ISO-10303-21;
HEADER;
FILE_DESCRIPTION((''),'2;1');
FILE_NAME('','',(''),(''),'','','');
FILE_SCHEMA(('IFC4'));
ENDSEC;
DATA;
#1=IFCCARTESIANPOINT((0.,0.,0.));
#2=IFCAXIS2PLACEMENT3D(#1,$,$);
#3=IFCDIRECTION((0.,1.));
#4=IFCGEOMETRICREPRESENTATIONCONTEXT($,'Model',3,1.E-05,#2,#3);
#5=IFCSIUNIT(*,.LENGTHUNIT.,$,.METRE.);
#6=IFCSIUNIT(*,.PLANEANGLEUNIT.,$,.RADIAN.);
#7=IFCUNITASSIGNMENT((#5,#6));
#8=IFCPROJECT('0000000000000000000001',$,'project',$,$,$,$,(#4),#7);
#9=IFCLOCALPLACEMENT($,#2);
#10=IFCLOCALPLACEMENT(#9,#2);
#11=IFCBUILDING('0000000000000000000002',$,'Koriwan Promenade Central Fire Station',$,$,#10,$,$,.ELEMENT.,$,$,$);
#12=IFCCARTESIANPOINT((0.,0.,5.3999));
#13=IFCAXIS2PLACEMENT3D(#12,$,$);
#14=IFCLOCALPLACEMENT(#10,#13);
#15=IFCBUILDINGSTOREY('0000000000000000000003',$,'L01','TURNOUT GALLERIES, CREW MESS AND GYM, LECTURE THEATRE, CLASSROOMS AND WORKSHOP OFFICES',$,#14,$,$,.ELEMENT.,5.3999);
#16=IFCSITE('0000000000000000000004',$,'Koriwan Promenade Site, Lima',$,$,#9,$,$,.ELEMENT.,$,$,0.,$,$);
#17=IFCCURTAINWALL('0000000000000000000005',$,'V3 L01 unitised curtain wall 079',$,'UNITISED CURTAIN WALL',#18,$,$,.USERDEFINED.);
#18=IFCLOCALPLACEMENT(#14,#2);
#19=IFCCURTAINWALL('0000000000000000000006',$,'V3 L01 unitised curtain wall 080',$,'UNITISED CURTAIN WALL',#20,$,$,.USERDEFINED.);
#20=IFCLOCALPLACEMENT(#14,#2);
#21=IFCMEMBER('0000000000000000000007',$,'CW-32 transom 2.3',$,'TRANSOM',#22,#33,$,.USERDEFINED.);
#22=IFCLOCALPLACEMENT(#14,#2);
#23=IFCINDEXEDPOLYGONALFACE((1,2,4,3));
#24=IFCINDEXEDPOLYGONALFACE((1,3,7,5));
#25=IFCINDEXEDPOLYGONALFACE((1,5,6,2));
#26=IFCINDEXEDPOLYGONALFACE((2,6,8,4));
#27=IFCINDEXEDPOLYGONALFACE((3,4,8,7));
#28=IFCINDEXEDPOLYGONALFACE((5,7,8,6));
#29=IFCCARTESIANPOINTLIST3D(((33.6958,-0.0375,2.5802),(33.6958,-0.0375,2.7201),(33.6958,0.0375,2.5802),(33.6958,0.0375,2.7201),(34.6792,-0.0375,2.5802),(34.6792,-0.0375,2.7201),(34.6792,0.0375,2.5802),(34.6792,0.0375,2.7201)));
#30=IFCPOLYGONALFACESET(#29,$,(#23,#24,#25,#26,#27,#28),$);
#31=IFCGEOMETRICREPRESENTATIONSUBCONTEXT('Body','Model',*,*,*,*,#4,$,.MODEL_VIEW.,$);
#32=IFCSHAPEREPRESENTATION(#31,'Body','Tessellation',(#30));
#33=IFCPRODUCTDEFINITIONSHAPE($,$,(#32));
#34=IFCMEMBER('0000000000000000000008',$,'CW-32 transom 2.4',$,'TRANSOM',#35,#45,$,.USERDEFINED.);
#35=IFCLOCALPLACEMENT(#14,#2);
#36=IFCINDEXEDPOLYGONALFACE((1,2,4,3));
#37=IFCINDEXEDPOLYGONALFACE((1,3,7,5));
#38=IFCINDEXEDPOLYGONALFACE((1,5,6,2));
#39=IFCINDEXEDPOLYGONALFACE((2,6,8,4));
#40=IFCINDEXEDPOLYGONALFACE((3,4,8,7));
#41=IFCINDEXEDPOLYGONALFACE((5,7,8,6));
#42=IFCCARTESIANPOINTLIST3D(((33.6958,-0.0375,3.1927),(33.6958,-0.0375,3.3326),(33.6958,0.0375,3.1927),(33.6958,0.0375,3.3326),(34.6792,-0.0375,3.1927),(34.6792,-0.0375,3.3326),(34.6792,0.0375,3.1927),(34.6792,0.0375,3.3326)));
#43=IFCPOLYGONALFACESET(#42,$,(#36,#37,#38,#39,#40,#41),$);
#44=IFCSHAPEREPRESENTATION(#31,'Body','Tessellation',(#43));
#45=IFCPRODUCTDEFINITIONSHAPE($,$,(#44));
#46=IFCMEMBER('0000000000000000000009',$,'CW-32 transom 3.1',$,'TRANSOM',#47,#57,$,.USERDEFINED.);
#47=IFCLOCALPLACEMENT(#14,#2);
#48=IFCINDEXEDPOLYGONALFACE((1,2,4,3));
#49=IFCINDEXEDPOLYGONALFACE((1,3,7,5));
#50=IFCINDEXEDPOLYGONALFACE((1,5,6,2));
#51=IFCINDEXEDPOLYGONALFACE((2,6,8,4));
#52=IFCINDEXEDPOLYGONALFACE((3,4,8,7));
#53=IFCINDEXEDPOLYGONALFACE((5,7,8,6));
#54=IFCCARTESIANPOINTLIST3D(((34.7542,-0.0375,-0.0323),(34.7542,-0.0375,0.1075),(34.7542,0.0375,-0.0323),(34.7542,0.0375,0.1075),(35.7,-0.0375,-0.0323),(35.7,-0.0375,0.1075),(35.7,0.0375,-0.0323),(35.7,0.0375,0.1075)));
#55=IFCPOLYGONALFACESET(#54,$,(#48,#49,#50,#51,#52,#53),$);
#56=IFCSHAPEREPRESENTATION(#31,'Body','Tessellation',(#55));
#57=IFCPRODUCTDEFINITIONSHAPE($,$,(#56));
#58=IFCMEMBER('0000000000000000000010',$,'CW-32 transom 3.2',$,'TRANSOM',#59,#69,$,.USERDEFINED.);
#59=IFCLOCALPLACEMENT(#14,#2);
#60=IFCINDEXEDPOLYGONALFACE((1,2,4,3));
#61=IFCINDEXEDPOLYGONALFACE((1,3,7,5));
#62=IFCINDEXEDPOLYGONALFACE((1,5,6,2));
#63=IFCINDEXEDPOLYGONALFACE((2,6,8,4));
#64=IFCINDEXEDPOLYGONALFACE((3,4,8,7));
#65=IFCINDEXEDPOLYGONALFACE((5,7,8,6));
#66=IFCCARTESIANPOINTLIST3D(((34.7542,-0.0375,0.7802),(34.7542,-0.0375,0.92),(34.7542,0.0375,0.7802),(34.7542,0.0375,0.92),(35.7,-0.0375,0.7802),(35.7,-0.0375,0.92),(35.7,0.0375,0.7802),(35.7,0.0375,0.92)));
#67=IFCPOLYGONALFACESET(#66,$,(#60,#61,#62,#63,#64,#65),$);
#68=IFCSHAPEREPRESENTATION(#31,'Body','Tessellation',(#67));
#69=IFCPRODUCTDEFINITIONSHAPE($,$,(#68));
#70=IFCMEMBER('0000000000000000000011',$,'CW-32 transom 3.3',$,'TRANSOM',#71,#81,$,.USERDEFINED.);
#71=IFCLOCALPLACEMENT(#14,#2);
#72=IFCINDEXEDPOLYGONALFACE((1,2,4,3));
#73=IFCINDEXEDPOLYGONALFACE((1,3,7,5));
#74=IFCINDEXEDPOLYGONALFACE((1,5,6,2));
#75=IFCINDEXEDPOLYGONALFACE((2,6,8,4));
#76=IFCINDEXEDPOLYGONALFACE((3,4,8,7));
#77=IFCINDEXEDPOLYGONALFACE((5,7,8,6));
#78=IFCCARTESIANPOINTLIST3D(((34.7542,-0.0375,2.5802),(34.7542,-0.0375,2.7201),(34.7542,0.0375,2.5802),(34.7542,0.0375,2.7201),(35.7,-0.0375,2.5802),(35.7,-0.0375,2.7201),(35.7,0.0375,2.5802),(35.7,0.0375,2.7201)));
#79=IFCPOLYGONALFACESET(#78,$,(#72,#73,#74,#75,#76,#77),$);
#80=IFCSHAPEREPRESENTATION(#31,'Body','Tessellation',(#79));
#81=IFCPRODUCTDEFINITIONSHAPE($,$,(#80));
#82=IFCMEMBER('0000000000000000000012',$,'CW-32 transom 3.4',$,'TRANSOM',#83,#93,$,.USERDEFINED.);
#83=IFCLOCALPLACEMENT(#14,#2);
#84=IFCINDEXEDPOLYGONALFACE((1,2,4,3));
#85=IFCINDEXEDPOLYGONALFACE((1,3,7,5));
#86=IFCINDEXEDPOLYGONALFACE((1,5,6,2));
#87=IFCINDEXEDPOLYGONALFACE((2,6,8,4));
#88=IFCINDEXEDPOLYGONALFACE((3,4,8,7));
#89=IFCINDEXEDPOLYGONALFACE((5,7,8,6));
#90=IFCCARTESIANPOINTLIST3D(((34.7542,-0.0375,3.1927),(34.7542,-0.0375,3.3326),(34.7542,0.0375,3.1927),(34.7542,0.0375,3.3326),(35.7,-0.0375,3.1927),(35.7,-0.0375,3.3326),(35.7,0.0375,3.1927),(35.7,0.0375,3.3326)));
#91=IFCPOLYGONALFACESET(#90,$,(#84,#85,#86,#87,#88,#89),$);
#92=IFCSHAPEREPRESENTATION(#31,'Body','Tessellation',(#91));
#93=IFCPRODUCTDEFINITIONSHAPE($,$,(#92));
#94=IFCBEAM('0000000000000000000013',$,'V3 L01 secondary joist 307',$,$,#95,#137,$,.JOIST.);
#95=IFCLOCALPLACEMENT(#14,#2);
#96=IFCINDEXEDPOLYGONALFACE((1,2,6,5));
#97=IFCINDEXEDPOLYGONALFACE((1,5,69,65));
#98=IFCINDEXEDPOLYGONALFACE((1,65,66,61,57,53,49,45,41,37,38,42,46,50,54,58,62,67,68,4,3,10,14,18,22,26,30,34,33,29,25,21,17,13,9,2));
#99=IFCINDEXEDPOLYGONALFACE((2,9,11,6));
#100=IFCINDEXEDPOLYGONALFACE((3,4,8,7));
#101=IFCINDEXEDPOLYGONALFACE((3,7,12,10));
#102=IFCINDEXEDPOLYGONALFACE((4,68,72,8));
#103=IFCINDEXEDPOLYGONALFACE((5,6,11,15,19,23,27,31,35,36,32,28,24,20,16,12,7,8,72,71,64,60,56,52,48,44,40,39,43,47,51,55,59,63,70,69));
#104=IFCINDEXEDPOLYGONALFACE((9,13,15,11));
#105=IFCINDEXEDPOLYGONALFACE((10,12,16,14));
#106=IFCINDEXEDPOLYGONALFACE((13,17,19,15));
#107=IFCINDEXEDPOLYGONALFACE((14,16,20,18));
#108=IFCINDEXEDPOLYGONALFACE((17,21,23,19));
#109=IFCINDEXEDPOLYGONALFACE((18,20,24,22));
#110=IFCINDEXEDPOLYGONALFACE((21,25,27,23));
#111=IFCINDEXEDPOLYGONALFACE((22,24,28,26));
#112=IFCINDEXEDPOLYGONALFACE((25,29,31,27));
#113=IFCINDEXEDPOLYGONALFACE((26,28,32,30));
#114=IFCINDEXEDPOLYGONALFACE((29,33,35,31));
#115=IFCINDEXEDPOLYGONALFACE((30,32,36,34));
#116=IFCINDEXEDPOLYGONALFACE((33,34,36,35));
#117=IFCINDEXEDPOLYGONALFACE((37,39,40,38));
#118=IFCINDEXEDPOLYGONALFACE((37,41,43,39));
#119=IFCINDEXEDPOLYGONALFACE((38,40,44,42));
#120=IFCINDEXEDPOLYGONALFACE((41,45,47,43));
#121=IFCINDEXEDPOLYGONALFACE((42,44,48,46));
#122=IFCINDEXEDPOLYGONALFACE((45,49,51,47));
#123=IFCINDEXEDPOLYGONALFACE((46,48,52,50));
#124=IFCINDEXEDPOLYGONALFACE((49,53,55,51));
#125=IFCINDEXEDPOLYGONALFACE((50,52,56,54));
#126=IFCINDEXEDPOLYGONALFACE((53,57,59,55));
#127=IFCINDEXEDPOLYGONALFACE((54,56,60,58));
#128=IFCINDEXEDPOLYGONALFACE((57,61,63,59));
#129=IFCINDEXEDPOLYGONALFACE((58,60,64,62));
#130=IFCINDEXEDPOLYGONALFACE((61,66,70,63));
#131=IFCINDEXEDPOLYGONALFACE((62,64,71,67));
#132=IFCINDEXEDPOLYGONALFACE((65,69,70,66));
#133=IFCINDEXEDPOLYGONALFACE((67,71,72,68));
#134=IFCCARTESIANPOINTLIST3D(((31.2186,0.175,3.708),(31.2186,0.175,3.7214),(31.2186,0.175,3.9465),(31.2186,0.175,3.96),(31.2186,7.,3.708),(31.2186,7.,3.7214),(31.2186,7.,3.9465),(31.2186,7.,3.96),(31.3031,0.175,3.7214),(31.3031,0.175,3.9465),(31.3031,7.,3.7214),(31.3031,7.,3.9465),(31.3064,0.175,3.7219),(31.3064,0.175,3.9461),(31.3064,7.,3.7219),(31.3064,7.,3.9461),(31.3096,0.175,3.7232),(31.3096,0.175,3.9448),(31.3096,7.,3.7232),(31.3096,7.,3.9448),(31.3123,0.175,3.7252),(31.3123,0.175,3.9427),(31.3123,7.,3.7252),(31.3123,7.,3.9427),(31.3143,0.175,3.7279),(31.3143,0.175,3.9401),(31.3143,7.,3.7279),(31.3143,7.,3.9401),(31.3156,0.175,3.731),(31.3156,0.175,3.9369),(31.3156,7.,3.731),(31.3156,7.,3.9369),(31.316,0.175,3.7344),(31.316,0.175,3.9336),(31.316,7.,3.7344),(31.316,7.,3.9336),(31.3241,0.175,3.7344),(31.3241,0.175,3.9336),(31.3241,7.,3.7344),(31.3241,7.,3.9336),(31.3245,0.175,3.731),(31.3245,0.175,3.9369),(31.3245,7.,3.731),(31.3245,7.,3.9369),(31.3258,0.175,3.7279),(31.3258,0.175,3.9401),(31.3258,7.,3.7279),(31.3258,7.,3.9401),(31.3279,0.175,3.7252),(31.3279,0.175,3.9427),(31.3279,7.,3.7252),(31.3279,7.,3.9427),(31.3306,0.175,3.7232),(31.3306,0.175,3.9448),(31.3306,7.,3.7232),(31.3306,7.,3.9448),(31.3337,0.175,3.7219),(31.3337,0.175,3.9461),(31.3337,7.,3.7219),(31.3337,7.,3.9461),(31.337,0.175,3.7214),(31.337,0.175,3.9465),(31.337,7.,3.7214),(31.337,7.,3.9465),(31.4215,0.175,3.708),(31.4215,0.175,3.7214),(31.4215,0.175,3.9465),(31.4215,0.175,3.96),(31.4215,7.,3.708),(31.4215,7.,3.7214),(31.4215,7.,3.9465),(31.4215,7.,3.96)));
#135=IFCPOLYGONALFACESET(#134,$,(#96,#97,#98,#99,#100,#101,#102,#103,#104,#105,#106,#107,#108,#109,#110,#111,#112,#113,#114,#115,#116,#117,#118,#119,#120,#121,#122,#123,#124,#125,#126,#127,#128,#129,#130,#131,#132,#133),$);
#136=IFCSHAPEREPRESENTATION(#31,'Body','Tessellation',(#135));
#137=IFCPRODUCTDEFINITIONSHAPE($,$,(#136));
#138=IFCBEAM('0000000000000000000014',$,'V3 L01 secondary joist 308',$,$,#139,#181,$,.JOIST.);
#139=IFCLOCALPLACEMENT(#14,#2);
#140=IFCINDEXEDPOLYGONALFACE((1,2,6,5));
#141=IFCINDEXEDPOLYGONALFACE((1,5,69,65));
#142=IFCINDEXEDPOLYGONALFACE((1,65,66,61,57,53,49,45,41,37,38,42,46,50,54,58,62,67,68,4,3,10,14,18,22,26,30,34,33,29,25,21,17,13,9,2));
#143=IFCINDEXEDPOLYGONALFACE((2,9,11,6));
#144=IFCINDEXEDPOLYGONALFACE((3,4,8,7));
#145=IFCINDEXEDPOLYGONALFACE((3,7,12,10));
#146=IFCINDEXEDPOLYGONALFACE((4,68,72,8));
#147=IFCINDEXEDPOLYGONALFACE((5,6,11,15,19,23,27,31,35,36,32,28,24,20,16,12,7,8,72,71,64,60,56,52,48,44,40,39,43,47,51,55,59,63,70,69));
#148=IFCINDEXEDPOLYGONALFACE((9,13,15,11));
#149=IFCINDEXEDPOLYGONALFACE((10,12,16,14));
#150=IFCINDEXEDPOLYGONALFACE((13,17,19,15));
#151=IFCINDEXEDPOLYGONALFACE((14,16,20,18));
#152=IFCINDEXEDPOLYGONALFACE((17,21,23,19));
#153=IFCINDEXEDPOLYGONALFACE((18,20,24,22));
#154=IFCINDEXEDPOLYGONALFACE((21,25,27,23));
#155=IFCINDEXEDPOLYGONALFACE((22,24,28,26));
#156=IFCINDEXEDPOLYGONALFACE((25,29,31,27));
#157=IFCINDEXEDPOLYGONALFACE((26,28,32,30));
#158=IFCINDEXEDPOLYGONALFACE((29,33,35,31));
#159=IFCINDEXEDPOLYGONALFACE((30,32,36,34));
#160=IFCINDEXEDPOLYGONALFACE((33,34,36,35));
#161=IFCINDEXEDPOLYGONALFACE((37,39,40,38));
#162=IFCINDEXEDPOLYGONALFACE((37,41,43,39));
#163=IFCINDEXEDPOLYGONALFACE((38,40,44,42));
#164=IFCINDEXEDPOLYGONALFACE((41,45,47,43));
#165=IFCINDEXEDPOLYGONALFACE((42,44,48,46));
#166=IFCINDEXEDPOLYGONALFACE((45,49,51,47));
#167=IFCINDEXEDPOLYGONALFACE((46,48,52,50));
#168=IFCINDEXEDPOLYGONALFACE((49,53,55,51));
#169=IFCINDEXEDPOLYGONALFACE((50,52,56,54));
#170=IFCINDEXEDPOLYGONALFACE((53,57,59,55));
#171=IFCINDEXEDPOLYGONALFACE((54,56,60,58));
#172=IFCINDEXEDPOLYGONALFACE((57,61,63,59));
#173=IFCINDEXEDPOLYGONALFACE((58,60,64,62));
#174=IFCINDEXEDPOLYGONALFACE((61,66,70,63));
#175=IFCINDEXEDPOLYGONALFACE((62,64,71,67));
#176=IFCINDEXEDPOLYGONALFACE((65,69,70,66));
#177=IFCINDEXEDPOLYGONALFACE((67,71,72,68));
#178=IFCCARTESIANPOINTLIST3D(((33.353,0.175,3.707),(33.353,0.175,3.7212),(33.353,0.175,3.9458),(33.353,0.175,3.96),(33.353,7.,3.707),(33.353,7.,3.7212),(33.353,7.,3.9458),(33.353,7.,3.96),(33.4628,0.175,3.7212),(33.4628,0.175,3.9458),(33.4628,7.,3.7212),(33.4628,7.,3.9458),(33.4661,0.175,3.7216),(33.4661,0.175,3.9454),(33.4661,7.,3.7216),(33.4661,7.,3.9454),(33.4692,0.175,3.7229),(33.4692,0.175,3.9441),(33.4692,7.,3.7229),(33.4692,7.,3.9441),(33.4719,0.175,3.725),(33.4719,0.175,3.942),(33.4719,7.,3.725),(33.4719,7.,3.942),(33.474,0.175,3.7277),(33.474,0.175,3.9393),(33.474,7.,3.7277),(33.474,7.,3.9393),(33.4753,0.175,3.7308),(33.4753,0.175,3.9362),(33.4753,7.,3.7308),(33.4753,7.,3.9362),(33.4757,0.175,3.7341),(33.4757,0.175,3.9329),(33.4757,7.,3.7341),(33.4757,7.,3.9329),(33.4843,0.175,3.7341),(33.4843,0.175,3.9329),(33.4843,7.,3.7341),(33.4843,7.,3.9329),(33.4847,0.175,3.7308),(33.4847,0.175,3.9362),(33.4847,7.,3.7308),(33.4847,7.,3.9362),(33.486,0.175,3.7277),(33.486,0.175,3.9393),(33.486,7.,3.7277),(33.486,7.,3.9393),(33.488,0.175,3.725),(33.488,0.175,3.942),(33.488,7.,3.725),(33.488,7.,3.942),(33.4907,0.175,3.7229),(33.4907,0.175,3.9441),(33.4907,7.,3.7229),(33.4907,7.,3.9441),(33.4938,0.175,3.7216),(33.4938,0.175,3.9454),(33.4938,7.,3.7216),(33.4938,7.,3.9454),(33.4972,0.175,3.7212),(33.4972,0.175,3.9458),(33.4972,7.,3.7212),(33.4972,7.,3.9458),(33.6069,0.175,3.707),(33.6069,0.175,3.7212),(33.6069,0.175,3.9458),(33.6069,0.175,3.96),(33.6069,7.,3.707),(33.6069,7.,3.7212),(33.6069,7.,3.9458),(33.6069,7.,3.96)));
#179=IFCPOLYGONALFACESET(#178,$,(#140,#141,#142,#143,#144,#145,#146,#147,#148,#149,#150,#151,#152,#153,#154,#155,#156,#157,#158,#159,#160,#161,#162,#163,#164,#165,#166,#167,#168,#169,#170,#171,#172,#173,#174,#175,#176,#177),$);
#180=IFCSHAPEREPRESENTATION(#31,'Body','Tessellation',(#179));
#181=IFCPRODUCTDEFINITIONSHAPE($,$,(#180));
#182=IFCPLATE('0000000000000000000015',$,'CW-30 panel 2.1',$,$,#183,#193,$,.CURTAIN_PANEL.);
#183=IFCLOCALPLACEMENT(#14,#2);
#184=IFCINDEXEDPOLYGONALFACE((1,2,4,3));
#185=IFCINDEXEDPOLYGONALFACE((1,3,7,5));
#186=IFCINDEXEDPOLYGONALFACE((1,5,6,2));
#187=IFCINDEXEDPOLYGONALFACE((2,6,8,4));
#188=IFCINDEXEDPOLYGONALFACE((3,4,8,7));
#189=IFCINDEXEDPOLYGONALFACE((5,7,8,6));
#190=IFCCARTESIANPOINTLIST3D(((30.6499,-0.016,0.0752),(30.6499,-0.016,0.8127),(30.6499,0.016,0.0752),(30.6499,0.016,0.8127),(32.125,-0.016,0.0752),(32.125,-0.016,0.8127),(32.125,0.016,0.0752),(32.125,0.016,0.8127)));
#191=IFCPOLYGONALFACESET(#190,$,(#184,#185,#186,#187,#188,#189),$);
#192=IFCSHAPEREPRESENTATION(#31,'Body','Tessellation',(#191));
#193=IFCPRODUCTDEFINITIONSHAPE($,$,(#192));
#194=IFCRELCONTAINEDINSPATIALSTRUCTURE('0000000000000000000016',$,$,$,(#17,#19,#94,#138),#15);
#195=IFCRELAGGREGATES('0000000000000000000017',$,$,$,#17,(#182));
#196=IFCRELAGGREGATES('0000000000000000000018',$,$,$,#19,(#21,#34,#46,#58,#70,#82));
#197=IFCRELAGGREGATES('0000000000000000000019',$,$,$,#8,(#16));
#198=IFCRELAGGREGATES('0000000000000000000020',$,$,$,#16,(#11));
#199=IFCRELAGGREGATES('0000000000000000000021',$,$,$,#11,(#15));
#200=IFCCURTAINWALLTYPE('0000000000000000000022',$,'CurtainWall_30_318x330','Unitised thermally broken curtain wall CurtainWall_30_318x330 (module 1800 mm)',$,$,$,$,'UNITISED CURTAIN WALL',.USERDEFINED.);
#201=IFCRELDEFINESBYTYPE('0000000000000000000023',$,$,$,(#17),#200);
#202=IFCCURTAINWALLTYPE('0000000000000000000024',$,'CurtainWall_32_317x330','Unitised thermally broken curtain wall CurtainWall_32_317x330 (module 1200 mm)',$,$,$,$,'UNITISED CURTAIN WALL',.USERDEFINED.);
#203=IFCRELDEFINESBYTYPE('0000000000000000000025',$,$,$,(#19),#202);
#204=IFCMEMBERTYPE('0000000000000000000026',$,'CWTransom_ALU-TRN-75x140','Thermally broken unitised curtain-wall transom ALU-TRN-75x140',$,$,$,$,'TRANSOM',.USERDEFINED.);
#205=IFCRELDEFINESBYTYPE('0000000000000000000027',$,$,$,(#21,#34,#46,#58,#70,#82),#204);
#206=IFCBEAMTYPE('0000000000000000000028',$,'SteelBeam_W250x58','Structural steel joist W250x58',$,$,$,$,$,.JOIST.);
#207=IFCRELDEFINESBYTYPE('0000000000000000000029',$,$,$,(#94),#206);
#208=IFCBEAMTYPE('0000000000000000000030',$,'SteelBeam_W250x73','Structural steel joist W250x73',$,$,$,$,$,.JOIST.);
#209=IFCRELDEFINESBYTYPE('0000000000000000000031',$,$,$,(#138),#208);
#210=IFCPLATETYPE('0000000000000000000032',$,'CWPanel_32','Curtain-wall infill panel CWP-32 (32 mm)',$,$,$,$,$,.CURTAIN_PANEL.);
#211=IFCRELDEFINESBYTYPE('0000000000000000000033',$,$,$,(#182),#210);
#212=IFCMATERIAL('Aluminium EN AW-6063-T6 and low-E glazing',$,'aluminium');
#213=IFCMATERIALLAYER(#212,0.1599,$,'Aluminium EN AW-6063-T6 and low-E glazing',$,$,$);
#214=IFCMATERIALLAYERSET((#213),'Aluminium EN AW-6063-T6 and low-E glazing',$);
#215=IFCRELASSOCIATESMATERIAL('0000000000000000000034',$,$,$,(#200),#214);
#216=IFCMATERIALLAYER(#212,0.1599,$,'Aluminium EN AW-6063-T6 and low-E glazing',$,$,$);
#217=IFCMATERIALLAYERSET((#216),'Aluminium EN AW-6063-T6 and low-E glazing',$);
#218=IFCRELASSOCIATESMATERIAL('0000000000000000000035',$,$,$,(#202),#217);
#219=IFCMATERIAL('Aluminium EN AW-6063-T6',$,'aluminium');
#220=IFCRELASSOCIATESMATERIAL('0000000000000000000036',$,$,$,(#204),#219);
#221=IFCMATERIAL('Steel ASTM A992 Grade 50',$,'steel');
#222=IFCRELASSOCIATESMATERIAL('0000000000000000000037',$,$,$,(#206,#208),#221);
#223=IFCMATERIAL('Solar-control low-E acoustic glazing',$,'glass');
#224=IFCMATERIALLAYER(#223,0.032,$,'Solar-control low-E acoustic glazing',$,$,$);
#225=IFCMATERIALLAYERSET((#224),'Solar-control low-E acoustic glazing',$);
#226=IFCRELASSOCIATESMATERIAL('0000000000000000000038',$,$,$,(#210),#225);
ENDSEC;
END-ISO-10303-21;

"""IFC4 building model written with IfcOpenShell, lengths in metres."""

from ifc_helpers import new_model, si_unit, direction, frame, origin, origin_2d, place, context, subcontext, project, spatial, rectangle, i_section, extrude, material, layer, layer_set, material_profile, profile_set, type_object, element, aggregate, save


model = new_model("IFC4")

# Units and contexts
model_context = context("Model", 3, precision=1e-05, world=origin(), true_north=direction((0.0, 1.0)))
body_context = subcontext(model_context, "Body", "Model", "MODEL_VIEW")
ifc_project = project(units=[si_unit("LENGTHUNIT", "METRE"), si_unit("PLANEANGLEUNIT", "RADIAN")], contexts=[model_context])

# Site, building, storey
site_placement = place(None, origin())
site = spatial("IfcSite", under=ifc_project, at=site_placement, Name="Koriwan Promenade Site, Lima", CompositionType="ELEMENT", RefElevation=0.0)
building_placement = place(site_placement, origin())
building = spatial("IfcBuilding", under=site, at=building_placement, Name="Koriwan Promenade Central Fire Station", CompositionType="ELEMENT")
storey_placement = place(building_placement, frame((0.0, 0.0, 5.3999)))
storey = spatial("IfcBuildingStorey", under=building, at=storey_placement, Name="L01", Description="TURNOUT GALLERIES, CREW MESS AND GYM, LECTURE THEATRE, CLASSROOMS AND WORKSHOP OFFICES", CompositionType="ELEMENT", Elevation=5.3999)

# Curtain wall
ifc_material_1 = material(Name="Aluminium EN AW-6063-T6 and low-E glazing", Category="aluminium")
ifc_layer_1 = layer(ifc_material_1, 0.1599, Name="Aluminium EN AW-6063-T6 and low-E glazing")
ifc_layer_set_1 = layer_set([ifc_layer_1], Name="Aluminium EN AW-6063-T6 and low-E glazing")
curtain_wall_type_1 = type_object("IfcCurtainWallType", Name="CurtainWall_30_318x330", Description="Unitised thermally broken curtain wall CurtainWall_30_318x330 (module 1800 mm)", ElementType="UNITISED CURTAIN WALL", PredefinedType="USERDEFINED", material=ifc_layer_set_1)
curtain_wall_1_placement = place(storey_placement, origin())
curtain_wall_1 = element("IfcCurtainWall", 1, at=curtain_wall_1_placement, inside=storey, type_object=curtain_wall_type_1, Name="V3 L01 unitised curtain wall 079", ObjectType="UNITISED CURTAIN WALL", PredefinedType="USERDEFINED")
ifc_material_2 = material(Name="Aluminium EN AW-6063-T6", Category="aluminium")

# Curtain wall
ifc_layer_2 = layer(ifc_material_1, 0.1599, Name="Aluminium EN AW-6063-T6 and low-E glazing")
ifc_layer_set_2 = layer_set([ifc_layer_2], Name="Aluminium EN AW-6063-T6 and low-E glazing")
curtain_wall_type_2 = type_object("IfcCurtainWallType", Name="CurtainWall_32_317x330", Description="Unitised thermally broken curtain wall CurtainWall_32_317x330 (module 1200 mm)", ElementType="UNITISED CURTAIN WALL", PredefinedType="USERDEFINED", material=ifc_layer_set_2)
curtain_wall_2_placement = place(storey_placement, origin())
curtain_wall_2 = element("IfcCurtainWall", 2, at=curtain_wall_2_placement, inside=storey, type_object=curtain_wall_type_2, Name="V3 L01 unitised curtain wall 080", ObjectType="UNITISED CURTAIN WALL", PredefinedType="USERDEFINED")

# Members
ifc_material_profile_1 = material_profile(ifc_material_2, rectangle(XDim=0.075, YDim=0.1399, at=origin_2d()), Name="ALU-TRN-75x140")
ifc_profile_set_1 = profile_set([ifc_material_profile_1], Name="Aluminium EN AW-6063-T6")
member_type_1 = type_object("IfcMemberType", Name="CWTransom_ALU-TRN-75x140", Description="Thermally broken unitised curtain-wall transom ALU-TRN-75x140", ElementType="TRANSOM", PredefinedType="USERDEFINED", material=ifc_profile_set_1)
member_1_placement = place(storey_placement, frame((33.6958, 0.0, 2.6501), z_axis=(1.0, 0.0, 0.0), x_axis=(0.0, 1.0, 0.0)))
member_1 = element("IfcMember", 3, at=member_1_placement, type_object=member_type_1, Name="CW-32 transom 2.3", ObjectType="TRANSOM", PredefinedType="USERDEFINED", context=body_context, shape_type="SweptSolid", body=[
    extrude(rectangle(XDim=0.075, YDim=0.1399, at=origin_2d()), origin(), (0.0, 0.0, 1.0), 0.9834),
])
member_2_placement = place(storey_placement, frame((33.6958, 0.0, 3.2627), z_axis=(1.0, 0.0, 0.0), x_axis=(0.0, 1.0, 0.0)))
member_2 = element("IfcMember", 4, at=member_2_placement, type_object=member_type_1, Name="CW-32 transom 2.4", ObjectType="TRANSOM", PredefinedType="USERDEFINED", context=body_context, shape_type="SweptSolid", body=[
    extrude(rectangle(XDim=0.075, YDim=0.1399, at=origin_2d()), origin(), (0.0, 0.0, 1.0), 0.9834),
])
member_3_placement = place(storey_placement, frame((34.7542, 0.0, 0.0376), z_axis=(1.0, 0.0, 0.0), x_axis=(0.0, 1.0, 0.0)))
member_3 = element("IfcMember", 5, at=member_3_placement, type_object=member_type_1, Name="CW-32 transom 3.1", ObjectType="TRANSOM", PredefinedType="USERDEFINED", context=body_context, shape_type="SweptSolid", body=[
    extrude(rectangle(XDim=0.075, YDim=0.1399, at=origin_2d()), origin(), (0.0, 0.0, 1.0), 0.9458),
])
member_4_placement = place(storey_placement, frame((34.7542, 0.0, 0.8501), z_axis=(1.0, 0.0, 0.0), x_axis=(0.0, 1.0, 0.0)))
member_4 = element("IfcMember", 6, at=member_4_placement, type_object=member_type_1, Name="CW-32 transom 3.2", ObjectType="TRANSOM", PredefinedType="USERDEFINED", context=body_context, shape_type="SweptSolid", body=[
    extrude(rectangle(XDim=0.075, YDim=0.1399, at=origin_2d()), origin(), (0.0, 0.0, 1.0), 0.9458),
])
member_5_placement = place(storey_placement, frame((34.7542, 0.0, 2.6501), z_axis=(1.0, 0.0, 0.0), x_axis=(0.0, 1.0, 0.0)))
member_5 = element("IfcMember", 7, at=member_5_placement, type_object=member_type_1, Name="CW-32 transom 3.3", ObjectType="TRANSOM", PredefinedType="USERDEFINED", context=body_context, shape_type="SweptSolid", body=[
    extrude(rectangle(XDim=0.075, YDim=0.1399, at=origin_2d()), origin(), (0.0, 0.0, 1.0), 0.9458),
])
member_6_placement = place(storey_placement, frame((34.7542, 0.0, 3.2627), z_axis=(1.0, 0.0, 0.0), x_axis=(0.0, 1.0, 0.0)))
member_6 = element("IfcMember", 8, at=member_6_placement, type_object=member_type_1, Name="CW-32 transom 3.4", ObjectType="TRANSOM", PredefinedType="USERDEFINED", context=body_context, shape_type="SweptSolid", body=[
    extrude(rectangle(XDim=0.075, YDim=0.1399, at=origin_2d()), origin(), (0.0, 0.0, 1.0), 0.9458),
])

# Beams
ifc_material_3 = material(Name="Steel ASTM A992 Grade 50", Category="steel")
ifc_material_profile_2 = material_profile(ifc_material_3, i_section(OverallWidth=0.2029, OverallDepth=0.252, WebThickness=0.0081, FlangeThickness=0.0134, FilletRadius=0.0129, at=origin_2d()), Name="W250x58")
ifc_profile_set_2 = profile_set([ifc_material_profile_2], Name="Steel ASTM A992 Grade 50")
beam_type_1 = type_object("IfcBeamType", Name="SteelBeam_W250x58", Description="Structural steel joist W250x58", PredefinedType="JOIST", material=ifc_profile_set_2)
beam_1_placement = place(storey_placement, frame((31.3201, 0.175, 3.834), z_axis=(0.0, 1.0, 0.0), x_axis=(-1.0, 0.0, 0.0)))
element("IfcBeam", 9, at=beam_1_placement, inside=storey, type_object=beam_type_1, Name="V3 L01 secondary joist 307", PredefinedType="JOIST", context=body_context, shape_type="SweptSolid", body=[
    extrude(i_section(OverallWidth=0.2029, OverallDepth=0.252, WebThickness=0.0081, FlangeThickness=0.0134, FilletRadius=0.0129, at=origin_2d()), origin(), (0.0, 0.0, 1.0), 6.825),
])
ifc_material_profile_3 = material_profile(ifc_material_3, i_section(OverallWidth=0.2539, OverallDepth=0.2529, WebThickness=0.0085, FlangeThickness=0.0142, FilletRadius=0.0129, at=origin_2d()), Name="W250x73")
ifc_profile_set_3 = profile_set([ifc_material_profile_3], Name="Steel ASTM A992 Grade 50")
beam_type_2 = type_object("IfcBeamType", Name="SteelBeam_W250x73", Description="Structural steel joist W250x73", PredefinedType="JOIST", material=ifc_profile_set_3)
beam_2_placement = place(storey_placement, frame((33.48, 0.175, 3.8335), z_axis=(0.0, 1.0, 0.0), x_axis=(-1.0, 0.0, 0.0)))
element("IfcBeam", 10, at=beam_2_placement, inside=storey, type_object=beam_type_2, Name="V3 L01 secondary joist 308", PredefinedType="JOIST", context=body_context, shape_type="SweptSolid", body=[
    extrude(i_section(OverallWidth=0.2539, OverallDepth=0.2529, WebThickness=0.0085, FlangeThickness=0.0142, FilletRadius=0.0129, at=origin_2d()), origin(), (0.0, 0.0, 1.0), 6.825),
])

# Plate
ifc_material_4 = material(Name="Solar-control low-E acoustic glazing", Category="glass")
ifc_layer_3 = layer(ifc_material_4, 0.032, Name="Solar-control low-E acoustic glazing")
ifc_layer_set_3 = layer_set([ifc_layer_3], Name="Solar-control low-E acoustic glazing")
plate_type = type_object("IfcPlateType", Name="CWPanel_32", Description="Curtain-wall infill panel CWP-32 (32 mm)", PredefinedType="CURTAIN_PANEL", material=ifc_layer_set_3)
plate_1_placement = place(storey_placement, frame((31.3875, 0.0, 0.0752), z_axis=(0.0, 0.0, 1.0), x_axis=(1.0, 0.0, 0.0)))
plate_1 = element("IfcPlate", 11, at=plate_1_placement, type_object=plate_type, Name="CW-30 panel 2.1", PredefinedType="CURTAIN_PANEL", context=body_context, shape_type="SweptSolid", body=[
    extrude(rectangle(XDim=1.4751, YDim=0.032, at=origin_2d()), origin(), (0.0, 0.0, 1.0), 0.7375),
])
aggregate(curtain_wall_1, [plate_1])
aggregate(curtain_wall_2, [member_1, member_2, member_3, member_4, member_5, member_6])

save(model, "model.ifc")
